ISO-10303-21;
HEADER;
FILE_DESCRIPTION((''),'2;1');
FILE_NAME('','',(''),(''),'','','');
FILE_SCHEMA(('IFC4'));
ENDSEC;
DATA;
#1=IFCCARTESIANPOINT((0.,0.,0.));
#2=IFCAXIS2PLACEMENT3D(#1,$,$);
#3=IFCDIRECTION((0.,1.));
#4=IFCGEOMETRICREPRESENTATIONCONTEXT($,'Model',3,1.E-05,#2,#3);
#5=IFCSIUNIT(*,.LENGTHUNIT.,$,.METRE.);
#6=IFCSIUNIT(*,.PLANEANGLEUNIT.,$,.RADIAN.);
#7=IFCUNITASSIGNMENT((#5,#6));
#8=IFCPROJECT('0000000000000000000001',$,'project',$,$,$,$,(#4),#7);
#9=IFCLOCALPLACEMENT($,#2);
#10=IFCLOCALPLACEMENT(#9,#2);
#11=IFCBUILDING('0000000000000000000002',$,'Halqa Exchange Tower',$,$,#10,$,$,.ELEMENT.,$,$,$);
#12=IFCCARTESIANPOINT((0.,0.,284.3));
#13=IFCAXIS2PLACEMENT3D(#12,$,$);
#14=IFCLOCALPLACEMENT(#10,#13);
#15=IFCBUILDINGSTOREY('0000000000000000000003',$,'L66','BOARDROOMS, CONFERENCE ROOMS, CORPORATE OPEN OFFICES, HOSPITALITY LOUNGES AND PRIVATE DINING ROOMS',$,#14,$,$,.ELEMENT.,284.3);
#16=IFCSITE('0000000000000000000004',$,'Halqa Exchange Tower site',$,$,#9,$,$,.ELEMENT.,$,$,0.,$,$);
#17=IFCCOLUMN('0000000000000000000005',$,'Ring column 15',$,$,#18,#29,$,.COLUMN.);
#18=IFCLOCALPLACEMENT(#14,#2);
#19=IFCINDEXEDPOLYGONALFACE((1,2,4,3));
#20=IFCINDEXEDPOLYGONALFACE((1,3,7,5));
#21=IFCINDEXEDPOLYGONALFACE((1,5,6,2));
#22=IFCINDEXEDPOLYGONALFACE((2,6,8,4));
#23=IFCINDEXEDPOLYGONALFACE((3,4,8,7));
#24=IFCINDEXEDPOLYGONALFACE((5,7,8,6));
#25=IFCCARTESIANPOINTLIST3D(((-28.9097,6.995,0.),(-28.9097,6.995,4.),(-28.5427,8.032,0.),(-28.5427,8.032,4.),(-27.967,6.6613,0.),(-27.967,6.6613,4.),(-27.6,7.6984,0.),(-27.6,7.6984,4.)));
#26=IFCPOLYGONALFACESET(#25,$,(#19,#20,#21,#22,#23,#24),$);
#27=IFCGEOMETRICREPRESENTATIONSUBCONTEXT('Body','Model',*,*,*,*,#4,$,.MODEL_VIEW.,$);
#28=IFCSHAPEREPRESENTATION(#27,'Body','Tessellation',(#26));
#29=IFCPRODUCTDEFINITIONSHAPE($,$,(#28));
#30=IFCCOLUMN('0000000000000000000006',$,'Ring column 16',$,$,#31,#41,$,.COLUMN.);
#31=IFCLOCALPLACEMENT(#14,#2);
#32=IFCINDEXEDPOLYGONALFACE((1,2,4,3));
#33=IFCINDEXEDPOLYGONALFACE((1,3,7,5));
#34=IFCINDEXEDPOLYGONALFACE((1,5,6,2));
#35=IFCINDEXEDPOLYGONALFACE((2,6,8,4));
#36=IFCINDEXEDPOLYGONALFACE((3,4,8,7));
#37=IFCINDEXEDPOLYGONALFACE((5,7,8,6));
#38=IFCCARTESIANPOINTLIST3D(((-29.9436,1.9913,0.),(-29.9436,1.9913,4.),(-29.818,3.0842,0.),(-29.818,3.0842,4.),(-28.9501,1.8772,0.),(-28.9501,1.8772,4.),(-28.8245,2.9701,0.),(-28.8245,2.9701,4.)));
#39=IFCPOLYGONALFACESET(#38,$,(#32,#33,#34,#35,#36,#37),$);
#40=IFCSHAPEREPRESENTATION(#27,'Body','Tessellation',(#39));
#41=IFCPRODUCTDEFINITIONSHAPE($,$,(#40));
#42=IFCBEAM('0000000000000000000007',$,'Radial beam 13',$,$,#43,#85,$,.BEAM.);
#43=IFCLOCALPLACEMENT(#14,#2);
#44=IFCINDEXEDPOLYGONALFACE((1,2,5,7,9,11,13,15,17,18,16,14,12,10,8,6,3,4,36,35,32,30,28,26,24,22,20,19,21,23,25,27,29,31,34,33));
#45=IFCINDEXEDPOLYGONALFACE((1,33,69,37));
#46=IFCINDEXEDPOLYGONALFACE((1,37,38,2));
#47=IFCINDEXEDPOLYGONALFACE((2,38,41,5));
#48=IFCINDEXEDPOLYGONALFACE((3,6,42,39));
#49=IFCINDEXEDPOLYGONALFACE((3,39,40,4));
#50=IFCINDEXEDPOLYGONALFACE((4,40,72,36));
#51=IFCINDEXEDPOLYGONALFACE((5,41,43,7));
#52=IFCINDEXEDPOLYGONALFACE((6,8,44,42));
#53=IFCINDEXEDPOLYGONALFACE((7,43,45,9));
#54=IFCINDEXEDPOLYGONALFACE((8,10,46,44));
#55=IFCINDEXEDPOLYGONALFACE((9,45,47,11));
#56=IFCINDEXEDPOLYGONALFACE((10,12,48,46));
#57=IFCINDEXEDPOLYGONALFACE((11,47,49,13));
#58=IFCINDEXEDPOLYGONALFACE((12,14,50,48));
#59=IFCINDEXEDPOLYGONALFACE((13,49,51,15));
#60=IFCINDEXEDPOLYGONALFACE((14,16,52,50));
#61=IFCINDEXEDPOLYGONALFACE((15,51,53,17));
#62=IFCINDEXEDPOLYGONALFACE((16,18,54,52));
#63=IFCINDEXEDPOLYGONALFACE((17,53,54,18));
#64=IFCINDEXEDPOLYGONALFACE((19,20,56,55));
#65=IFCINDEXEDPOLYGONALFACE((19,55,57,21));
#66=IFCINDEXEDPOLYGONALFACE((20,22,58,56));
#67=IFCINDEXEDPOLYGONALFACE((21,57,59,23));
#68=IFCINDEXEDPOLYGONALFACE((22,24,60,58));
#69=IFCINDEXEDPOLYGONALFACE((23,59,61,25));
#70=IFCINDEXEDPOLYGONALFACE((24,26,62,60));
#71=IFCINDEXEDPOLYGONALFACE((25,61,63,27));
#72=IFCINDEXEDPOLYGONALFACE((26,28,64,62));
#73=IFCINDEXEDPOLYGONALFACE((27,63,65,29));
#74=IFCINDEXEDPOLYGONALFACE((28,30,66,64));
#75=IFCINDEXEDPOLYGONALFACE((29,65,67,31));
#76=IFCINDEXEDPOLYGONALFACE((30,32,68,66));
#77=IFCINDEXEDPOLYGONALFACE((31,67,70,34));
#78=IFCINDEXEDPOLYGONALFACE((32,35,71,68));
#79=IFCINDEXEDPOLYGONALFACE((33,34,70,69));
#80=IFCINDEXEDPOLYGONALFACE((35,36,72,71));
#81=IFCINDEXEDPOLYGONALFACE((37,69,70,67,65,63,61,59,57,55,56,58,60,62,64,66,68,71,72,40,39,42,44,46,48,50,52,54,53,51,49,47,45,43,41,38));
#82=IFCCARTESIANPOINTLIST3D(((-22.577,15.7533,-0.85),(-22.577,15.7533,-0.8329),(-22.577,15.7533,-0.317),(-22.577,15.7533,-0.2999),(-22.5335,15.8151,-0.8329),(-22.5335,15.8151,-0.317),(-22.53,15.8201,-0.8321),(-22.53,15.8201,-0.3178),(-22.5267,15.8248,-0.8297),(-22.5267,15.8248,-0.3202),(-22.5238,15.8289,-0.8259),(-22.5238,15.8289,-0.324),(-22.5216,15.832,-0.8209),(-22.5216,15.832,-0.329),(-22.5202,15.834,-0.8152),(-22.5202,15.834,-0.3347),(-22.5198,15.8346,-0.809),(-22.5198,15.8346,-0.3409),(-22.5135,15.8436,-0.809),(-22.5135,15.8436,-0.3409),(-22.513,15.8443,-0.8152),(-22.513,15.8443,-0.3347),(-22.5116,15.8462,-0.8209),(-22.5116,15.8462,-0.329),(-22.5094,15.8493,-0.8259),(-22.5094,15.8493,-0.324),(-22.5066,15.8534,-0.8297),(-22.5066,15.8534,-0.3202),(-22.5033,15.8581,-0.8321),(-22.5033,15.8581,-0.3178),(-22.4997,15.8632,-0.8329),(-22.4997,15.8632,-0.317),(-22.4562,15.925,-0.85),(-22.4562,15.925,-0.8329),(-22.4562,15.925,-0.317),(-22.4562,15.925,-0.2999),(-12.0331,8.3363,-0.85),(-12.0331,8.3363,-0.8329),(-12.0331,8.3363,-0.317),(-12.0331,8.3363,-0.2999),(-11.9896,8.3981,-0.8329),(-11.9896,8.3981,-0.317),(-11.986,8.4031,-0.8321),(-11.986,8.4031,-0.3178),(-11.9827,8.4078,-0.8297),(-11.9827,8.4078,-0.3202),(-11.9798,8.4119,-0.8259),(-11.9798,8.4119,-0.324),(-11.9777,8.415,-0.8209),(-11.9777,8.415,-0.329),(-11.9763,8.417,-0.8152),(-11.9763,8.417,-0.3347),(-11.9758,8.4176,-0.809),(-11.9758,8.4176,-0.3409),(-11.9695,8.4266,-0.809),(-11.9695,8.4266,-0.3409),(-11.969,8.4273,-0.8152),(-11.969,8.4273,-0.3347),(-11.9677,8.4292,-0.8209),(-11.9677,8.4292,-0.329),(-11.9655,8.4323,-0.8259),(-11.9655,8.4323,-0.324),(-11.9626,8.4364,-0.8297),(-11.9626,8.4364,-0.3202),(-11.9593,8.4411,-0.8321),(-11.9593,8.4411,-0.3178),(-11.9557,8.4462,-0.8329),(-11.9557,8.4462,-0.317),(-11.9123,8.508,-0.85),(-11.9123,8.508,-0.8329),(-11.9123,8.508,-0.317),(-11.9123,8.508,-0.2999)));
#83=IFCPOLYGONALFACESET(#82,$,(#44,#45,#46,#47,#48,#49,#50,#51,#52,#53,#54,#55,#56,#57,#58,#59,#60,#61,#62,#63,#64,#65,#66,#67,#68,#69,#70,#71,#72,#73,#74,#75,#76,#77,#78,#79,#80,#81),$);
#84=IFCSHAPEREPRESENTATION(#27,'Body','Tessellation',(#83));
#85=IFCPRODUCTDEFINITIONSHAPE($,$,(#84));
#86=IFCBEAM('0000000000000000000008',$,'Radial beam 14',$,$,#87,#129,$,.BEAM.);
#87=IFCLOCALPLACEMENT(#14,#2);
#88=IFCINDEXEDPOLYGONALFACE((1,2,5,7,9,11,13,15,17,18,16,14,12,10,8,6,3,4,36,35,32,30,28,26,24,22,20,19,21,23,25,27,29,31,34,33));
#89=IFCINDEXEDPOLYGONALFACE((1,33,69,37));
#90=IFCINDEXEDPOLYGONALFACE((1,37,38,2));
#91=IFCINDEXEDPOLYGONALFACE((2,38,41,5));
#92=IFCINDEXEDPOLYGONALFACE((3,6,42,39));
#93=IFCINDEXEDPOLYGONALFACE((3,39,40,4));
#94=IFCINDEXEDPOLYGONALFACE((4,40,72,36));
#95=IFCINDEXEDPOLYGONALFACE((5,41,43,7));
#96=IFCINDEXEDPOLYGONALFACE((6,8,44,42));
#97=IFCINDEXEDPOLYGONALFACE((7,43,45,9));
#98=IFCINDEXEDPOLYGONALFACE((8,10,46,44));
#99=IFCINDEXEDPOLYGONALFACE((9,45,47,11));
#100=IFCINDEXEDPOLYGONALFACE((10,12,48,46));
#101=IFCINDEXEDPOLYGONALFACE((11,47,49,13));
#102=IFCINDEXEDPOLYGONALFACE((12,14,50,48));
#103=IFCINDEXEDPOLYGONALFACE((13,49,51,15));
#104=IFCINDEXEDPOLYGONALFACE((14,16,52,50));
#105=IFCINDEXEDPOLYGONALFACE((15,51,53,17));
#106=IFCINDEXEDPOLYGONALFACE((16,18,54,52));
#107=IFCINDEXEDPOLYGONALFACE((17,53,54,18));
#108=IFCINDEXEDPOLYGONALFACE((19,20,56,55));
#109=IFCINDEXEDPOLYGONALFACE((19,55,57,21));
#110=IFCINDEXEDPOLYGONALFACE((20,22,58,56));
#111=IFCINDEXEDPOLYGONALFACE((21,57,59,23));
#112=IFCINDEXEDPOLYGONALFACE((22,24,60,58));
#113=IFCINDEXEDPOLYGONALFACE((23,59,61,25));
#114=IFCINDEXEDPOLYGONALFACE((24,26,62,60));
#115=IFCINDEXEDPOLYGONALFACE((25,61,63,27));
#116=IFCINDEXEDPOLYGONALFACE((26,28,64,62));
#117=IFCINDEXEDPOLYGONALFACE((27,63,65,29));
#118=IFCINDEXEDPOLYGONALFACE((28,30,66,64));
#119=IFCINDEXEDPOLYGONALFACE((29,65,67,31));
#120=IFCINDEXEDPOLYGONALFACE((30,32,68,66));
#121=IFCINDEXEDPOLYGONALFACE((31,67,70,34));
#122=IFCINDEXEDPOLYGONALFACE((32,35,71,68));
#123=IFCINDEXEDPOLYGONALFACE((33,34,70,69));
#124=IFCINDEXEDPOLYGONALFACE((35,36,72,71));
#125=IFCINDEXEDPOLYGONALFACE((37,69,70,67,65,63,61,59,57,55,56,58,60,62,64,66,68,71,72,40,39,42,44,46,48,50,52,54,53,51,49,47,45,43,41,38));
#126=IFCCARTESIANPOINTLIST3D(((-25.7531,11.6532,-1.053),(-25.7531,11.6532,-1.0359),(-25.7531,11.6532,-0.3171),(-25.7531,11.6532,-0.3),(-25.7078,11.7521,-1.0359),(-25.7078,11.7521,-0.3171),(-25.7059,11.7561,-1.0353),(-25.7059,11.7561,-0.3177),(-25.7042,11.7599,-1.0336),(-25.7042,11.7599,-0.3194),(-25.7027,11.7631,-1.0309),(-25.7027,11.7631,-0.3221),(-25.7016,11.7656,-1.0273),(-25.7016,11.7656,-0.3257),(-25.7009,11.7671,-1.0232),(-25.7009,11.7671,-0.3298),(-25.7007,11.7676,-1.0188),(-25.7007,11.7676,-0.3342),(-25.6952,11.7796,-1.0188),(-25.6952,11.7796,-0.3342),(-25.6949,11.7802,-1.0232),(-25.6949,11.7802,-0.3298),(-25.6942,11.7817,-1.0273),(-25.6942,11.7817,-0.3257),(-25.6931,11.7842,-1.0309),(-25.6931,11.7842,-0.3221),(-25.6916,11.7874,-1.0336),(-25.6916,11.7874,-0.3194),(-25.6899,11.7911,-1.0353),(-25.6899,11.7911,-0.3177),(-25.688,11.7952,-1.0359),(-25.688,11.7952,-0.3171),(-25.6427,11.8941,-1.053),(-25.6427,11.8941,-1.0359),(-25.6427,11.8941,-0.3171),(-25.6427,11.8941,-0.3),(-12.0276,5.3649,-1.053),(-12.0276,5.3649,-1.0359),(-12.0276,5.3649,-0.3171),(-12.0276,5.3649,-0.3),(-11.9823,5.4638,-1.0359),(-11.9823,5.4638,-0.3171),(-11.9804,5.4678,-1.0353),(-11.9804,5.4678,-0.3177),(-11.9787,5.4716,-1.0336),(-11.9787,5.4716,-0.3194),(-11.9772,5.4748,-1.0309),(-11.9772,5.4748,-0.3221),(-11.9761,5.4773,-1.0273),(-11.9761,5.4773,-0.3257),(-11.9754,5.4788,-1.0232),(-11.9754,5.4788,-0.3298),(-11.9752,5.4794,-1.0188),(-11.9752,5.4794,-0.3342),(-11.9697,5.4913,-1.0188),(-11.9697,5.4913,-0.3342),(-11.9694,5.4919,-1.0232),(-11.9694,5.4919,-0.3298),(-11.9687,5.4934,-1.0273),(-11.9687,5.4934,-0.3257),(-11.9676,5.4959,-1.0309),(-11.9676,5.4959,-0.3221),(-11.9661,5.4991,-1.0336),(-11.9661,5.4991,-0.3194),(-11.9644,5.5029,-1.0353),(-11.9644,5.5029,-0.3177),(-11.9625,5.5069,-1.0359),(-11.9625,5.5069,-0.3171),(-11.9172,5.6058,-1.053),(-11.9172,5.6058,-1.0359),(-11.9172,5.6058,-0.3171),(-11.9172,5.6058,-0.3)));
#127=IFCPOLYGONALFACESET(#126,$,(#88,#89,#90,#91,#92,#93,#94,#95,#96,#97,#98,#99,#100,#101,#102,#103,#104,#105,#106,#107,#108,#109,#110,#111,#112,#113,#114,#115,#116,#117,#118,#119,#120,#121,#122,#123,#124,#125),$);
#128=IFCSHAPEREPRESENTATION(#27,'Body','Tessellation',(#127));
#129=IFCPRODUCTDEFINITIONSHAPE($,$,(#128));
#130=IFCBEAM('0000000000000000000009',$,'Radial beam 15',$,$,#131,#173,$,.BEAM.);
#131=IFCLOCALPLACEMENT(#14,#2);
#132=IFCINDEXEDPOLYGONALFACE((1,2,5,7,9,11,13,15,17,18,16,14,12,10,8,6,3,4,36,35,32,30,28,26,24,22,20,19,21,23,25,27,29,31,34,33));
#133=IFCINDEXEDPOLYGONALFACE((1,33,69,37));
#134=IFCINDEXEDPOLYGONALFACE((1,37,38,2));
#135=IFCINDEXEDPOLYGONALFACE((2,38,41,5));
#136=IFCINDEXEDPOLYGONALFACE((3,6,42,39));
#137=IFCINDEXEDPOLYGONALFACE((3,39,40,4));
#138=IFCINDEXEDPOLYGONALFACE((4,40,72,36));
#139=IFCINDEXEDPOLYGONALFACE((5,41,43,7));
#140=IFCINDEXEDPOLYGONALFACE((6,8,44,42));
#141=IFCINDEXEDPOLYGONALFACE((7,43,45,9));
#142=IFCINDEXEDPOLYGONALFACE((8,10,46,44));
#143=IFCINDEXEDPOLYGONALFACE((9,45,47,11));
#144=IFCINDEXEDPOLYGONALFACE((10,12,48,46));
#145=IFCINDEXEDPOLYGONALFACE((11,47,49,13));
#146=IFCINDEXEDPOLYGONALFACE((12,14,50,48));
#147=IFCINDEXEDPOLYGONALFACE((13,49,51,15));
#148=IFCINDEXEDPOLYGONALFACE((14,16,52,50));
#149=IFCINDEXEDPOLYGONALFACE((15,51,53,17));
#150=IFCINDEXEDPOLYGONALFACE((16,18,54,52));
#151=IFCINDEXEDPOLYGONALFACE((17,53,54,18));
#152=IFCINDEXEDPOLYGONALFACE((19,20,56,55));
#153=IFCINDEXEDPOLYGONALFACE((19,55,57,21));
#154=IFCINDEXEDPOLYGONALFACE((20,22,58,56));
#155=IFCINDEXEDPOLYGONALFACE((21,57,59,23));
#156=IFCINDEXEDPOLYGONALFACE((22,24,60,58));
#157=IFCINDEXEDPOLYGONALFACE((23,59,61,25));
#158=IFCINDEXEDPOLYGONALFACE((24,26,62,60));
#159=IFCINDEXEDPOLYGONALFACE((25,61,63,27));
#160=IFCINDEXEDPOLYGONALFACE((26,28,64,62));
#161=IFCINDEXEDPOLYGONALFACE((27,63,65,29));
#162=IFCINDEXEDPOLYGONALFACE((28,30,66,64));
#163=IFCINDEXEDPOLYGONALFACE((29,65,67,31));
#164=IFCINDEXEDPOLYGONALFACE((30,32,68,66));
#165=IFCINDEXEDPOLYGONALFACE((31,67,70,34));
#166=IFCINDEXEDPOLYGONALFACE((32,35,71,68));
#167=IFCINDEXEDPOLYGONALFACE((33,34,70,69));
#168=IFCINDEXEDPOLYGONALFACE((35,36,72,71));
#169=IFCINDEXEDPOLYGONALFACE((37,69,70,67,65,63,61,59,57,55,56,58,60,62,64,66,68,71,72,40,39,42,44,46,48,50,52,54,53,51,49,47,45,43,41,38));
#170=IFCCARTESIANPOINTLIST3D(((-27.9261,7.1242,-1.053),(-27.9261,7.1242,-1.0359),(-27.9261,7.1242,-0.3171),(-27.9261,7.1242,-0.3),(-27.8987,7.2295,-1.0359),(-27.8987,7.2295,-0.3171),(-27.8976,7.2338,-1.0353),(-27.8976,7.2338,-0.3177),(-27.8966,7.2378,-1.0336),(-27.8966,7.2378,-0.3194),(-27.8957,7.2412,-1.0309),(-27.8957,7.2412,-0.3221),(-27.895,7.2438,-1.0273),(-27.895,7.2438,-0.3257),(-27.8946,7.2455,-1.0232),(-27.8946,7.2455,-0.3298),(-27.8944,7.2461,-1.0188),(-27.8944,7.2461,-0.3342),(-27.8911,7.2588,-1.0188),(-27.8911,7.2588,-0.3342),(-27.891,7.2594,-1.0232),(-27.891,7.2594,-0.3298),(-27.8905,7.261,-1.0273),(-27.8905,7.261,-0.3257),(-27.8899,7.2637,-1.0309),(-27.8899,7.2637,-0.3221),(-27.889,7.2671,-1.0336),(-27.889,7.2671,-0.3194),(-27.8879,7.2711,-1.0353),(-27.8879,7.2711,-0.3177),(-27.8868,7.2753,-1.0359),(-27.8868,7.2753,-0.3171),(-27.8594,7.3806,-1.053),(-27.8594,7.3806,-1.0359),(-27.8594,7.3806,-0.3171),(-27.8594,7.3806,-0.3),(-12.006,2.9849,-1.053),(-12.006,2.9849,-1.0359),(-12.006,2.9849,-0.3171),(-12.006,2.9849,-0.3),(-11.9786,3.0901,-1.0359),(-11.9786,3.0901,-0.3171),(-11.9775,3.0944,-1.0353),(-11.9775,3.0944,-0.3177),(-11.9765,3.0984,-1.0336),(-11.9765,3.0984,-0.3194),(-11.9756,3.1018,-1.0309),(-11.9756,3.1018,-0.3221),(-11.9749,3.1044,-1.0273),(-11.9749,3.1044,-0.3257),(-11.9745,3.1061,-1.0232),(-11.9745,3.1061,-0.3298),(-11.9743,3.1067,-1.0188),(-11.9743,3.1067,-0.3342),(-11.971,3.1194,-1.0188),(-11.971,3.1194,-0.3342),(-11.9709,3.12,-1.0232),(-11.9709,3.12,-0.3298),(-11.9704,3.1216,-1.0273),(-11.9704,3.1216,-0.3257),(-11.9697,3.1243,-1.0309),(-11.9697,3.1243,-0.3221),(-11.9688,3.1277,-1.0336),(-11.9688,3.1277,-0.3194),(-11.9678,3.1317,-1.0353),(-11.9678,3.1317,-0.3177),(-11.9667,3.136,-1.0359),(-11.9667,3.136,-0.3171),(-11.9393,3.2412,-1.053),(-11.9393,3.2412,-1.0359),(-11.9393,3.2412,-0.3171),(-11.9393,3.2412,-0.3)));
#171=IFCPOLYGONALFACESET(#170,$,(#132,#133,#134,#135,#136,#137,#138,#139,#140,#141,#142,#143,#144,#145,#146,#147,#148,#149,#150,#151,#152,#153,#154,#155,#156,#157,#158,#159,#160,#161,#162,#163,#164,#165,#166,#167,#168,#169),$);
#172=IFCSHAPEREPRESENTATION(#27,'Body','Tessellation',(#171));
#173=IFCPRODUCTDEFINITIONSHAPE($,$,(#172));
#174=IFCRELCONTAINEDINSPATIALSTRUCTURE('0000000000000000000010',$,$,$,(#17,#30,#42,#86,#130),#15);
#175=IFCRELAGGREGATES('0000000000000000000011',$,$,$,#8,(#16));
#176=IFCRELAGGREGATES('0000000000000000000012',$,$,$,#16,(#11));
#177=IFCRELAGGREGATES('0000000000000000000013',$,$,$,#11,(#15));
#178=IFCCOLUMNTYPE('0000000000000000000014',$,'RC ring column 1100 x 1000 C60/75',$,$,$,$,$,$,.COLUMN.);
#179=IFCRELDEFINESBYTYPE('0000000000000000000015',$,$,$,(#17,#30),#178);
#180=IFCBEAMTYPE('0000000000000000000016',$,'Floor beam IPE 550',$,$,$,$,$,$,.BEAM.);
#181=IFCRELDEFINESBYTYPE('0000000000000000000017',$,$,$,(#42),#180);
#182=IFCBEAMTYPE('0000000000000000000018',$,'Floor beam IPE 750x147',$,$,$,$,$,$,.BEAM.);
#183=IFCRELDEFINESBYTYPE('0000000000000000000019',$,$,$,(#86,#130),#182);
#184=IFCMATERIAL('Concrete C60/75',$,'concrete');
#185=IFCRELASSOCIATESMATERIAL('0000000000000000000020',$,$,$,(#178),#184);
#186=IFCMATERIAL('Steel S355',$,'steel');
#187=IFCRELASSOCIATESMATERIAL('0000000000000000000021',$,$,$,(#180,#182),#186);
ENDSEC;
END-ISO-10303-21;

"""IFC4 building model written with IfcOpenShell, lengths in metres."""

from ifc_helpers import new_model, si_unit, direction, frame, origin, origin_2d, place, context, subcontext, project, spatial, rectangle, i_section, extrude, material, material_profile, profile_set, type_object, element, save


model = new_model("IFC4")

# Units and contexts
model_context = context("Model", 3, precision=1e-05, world=origin(), true_north=direction((0.0, 1.0)))
body_context = subcontext(model_context, "Body", "Model", "MODEL_VIEW")
ifc_project = project(units=[si_unit("LENGTHUNIT", "METRE"), si_unit("PLANEANGLEUNIT", "RADIAN")], contexts=[model_context])

# Site, building, storey
site_placement = place(None, origin())
site = spatial("IfcSite", under=ifc_project, at=site_placement, Name="Halqa Exchange Tower site", CompositionType="ELEMENT", RefElevation=0.0)
building_placement = place(site_placement, origin())
building = spatial("IfcBuilding", under=site, at=building_placement, Name="Halqa Exchange Tower", CompositionType="ELEMENT")
storey_placement = place(building_placement, frame((0.0, 0.0, 284.3)))
storey = spatial("IfcBuildingStorey", under=building, at=storey_placement, Name="L66", Description="BOARDROOMS, CONFERENCE ROOMS, CORPORATE OPEN OFFICES, HOSPITALITY LOUNGES AND PRIVATE DINING ROOMS", CompositionType="ELEMENT", Elevation=284.3)

# Columns
ifc_material_1 = material(Name="Concrete C60/75", Category="concrete")
ifc_material_profile_1 = material_profile(ifc_material_1, rectangle(XDim=1.1001, YDim=1.0, at=origin_2d()), Name="1100 x 1000")
ifc_profile_set_1 = profile_set([ifc_material_profile_1], Name="Concrete C60/75")
column_type = type_object("IfcColumnType", Name="RC ring column 1100 x 1000 C60/75", PredefinedType="COLUMN", material=ifc_profile_set_1)
for number, where, z_axis, x_axis, name in (
    (1, (-28.2549, 7.3467, 0.0), (0.0, 0.0, 1.0), (-0.333619, -0.942708, 0.0), "Ring column 15"),
    (2, (-29.384, 2.4807, 0.0), (0.0, 0.0, 1.0), (-0.114155, -0.993463, 0.0), "Ring column 16"),
):
    element("IfcColumn", number, at=place(storey_placement, frame(where, z_axis=z_axis, x_axis=x_axis)), inside=storey, type_object=column_type, Name=name, PredefinedType="COLUMN", context=body_context, shape_type="SweptSolid", body=[
        extrude(rectangle(XDim=1.1001, YDim=1.0, at=origin_2d()), origin(), (0.0, 0.0, 1.0), 4.0),
    ])

# Beams
ifc_material_2 = material(Name="Steel S355", Category="steel")
ifc_material_profile_2 = material_profile(ifc_material_2, i_section(OverallWidth=0.21, OverallDepth=0.55, WebThickness=0.011, FlangeThickness=0.0171, FilletRadius=0.0239, at=origin_2d()), Name="IPE 550")
ifc_profile_set_2 = profile_set([ifc_material_profile_2], Name="Steel S355")
beam_type_1 = type_object("IfcBeamType", Name="Floor beam IPE 550", PredefinedType="BEAM", material=ifc_profile_set_2)
beam_1_placement = place(storey_placement, frame((-11.9727, 8.4221, -0.575), z_axis=(-0.817909, 0.575347, 0.0), x_axis=(-0.575347, -0.817909, 0.0)))
element("IfcBeam", 3, at=beam_1_placement, inside=storey, type_object=beam_type_1, Name="Radial beam 13", PredefinedType="BEAM", context=body_context, shape_type="SweptSolid", body=[
    extrude(i_section(OverallWidth=0.21, OverallDepth=0.55, WebThickness=0.011, FlangeThickness=0.0171, FilletRadius=0.0239, at=origin_2d()), origin(), (0.0, 0.0, 1.0), 12.8914),
])
ifc_material_profile_3 = material_profile(ifc_material_2, i_section(OverallWidth=0.2649, OverallDepth=0.7529, WebThickness=0.0132, FlangeThickness=0.0171, FilletRadius=0.0171, at=origin_2d()), Name="IPE 750x147")
ifc_profile_set_3 = profile_set([ifc_material_profile_3], Name="Steel S355")
beam_type_2 = type_object("IfcBeamType", Name="Floor beam IPE 750x147", PredefinedType="BEAM", material=ifc_profile_set_3)
beam_2_placement = place(storey_placement, frame((-11.9724, 5.4854, -0.6765), z_axis=(-0.909129, 0.416514, 0.0), x_axis=(-0.416514, -0.909129, 0.0)))
element("IfcBeam", 4, at=beam_2_placement, inside=storey, type_object=beam_type_2, Name="Radial beam 14", PredefinedType="BEAM", context=body_context, shape_type="SweptSolid", body=[
    extrude(i_section(OverallWidth=0.2649, OverallDepth=0.7529, WebThickness=0.0132, FlangeThickness=0.0171, FilletRadius=0.0171, at=origin_2d()), origin(), (0.0, 0.0, 1.0), 15.0974),
])
beam_3_placement = place(storey_placement, frame((-11.9727, 3.113, -0.6765), z_axis=(-0.96782, 0.251643, 0.0), x_axis=(-0.251643, -0.96782, 0.0)))
element("IfcBeam", 5, at=beam_3_placement, inside=storey, type_object=beam_type_2, Name="Radial beam 15", PredefinedType="BEAM", context=body_context, shape_type="SweptSolid", body=[
    extrude(i_section(OverallWidth=0.2649, OverallDepth=0.7529, WebThickness=0.0132, FlangeThickness=0.0171, FilletRadius=0.0171, at=origin_2d()), origin(), (0.0, 0.0, 1.0), 16.4495),
])

save(model, "model.ifc")
